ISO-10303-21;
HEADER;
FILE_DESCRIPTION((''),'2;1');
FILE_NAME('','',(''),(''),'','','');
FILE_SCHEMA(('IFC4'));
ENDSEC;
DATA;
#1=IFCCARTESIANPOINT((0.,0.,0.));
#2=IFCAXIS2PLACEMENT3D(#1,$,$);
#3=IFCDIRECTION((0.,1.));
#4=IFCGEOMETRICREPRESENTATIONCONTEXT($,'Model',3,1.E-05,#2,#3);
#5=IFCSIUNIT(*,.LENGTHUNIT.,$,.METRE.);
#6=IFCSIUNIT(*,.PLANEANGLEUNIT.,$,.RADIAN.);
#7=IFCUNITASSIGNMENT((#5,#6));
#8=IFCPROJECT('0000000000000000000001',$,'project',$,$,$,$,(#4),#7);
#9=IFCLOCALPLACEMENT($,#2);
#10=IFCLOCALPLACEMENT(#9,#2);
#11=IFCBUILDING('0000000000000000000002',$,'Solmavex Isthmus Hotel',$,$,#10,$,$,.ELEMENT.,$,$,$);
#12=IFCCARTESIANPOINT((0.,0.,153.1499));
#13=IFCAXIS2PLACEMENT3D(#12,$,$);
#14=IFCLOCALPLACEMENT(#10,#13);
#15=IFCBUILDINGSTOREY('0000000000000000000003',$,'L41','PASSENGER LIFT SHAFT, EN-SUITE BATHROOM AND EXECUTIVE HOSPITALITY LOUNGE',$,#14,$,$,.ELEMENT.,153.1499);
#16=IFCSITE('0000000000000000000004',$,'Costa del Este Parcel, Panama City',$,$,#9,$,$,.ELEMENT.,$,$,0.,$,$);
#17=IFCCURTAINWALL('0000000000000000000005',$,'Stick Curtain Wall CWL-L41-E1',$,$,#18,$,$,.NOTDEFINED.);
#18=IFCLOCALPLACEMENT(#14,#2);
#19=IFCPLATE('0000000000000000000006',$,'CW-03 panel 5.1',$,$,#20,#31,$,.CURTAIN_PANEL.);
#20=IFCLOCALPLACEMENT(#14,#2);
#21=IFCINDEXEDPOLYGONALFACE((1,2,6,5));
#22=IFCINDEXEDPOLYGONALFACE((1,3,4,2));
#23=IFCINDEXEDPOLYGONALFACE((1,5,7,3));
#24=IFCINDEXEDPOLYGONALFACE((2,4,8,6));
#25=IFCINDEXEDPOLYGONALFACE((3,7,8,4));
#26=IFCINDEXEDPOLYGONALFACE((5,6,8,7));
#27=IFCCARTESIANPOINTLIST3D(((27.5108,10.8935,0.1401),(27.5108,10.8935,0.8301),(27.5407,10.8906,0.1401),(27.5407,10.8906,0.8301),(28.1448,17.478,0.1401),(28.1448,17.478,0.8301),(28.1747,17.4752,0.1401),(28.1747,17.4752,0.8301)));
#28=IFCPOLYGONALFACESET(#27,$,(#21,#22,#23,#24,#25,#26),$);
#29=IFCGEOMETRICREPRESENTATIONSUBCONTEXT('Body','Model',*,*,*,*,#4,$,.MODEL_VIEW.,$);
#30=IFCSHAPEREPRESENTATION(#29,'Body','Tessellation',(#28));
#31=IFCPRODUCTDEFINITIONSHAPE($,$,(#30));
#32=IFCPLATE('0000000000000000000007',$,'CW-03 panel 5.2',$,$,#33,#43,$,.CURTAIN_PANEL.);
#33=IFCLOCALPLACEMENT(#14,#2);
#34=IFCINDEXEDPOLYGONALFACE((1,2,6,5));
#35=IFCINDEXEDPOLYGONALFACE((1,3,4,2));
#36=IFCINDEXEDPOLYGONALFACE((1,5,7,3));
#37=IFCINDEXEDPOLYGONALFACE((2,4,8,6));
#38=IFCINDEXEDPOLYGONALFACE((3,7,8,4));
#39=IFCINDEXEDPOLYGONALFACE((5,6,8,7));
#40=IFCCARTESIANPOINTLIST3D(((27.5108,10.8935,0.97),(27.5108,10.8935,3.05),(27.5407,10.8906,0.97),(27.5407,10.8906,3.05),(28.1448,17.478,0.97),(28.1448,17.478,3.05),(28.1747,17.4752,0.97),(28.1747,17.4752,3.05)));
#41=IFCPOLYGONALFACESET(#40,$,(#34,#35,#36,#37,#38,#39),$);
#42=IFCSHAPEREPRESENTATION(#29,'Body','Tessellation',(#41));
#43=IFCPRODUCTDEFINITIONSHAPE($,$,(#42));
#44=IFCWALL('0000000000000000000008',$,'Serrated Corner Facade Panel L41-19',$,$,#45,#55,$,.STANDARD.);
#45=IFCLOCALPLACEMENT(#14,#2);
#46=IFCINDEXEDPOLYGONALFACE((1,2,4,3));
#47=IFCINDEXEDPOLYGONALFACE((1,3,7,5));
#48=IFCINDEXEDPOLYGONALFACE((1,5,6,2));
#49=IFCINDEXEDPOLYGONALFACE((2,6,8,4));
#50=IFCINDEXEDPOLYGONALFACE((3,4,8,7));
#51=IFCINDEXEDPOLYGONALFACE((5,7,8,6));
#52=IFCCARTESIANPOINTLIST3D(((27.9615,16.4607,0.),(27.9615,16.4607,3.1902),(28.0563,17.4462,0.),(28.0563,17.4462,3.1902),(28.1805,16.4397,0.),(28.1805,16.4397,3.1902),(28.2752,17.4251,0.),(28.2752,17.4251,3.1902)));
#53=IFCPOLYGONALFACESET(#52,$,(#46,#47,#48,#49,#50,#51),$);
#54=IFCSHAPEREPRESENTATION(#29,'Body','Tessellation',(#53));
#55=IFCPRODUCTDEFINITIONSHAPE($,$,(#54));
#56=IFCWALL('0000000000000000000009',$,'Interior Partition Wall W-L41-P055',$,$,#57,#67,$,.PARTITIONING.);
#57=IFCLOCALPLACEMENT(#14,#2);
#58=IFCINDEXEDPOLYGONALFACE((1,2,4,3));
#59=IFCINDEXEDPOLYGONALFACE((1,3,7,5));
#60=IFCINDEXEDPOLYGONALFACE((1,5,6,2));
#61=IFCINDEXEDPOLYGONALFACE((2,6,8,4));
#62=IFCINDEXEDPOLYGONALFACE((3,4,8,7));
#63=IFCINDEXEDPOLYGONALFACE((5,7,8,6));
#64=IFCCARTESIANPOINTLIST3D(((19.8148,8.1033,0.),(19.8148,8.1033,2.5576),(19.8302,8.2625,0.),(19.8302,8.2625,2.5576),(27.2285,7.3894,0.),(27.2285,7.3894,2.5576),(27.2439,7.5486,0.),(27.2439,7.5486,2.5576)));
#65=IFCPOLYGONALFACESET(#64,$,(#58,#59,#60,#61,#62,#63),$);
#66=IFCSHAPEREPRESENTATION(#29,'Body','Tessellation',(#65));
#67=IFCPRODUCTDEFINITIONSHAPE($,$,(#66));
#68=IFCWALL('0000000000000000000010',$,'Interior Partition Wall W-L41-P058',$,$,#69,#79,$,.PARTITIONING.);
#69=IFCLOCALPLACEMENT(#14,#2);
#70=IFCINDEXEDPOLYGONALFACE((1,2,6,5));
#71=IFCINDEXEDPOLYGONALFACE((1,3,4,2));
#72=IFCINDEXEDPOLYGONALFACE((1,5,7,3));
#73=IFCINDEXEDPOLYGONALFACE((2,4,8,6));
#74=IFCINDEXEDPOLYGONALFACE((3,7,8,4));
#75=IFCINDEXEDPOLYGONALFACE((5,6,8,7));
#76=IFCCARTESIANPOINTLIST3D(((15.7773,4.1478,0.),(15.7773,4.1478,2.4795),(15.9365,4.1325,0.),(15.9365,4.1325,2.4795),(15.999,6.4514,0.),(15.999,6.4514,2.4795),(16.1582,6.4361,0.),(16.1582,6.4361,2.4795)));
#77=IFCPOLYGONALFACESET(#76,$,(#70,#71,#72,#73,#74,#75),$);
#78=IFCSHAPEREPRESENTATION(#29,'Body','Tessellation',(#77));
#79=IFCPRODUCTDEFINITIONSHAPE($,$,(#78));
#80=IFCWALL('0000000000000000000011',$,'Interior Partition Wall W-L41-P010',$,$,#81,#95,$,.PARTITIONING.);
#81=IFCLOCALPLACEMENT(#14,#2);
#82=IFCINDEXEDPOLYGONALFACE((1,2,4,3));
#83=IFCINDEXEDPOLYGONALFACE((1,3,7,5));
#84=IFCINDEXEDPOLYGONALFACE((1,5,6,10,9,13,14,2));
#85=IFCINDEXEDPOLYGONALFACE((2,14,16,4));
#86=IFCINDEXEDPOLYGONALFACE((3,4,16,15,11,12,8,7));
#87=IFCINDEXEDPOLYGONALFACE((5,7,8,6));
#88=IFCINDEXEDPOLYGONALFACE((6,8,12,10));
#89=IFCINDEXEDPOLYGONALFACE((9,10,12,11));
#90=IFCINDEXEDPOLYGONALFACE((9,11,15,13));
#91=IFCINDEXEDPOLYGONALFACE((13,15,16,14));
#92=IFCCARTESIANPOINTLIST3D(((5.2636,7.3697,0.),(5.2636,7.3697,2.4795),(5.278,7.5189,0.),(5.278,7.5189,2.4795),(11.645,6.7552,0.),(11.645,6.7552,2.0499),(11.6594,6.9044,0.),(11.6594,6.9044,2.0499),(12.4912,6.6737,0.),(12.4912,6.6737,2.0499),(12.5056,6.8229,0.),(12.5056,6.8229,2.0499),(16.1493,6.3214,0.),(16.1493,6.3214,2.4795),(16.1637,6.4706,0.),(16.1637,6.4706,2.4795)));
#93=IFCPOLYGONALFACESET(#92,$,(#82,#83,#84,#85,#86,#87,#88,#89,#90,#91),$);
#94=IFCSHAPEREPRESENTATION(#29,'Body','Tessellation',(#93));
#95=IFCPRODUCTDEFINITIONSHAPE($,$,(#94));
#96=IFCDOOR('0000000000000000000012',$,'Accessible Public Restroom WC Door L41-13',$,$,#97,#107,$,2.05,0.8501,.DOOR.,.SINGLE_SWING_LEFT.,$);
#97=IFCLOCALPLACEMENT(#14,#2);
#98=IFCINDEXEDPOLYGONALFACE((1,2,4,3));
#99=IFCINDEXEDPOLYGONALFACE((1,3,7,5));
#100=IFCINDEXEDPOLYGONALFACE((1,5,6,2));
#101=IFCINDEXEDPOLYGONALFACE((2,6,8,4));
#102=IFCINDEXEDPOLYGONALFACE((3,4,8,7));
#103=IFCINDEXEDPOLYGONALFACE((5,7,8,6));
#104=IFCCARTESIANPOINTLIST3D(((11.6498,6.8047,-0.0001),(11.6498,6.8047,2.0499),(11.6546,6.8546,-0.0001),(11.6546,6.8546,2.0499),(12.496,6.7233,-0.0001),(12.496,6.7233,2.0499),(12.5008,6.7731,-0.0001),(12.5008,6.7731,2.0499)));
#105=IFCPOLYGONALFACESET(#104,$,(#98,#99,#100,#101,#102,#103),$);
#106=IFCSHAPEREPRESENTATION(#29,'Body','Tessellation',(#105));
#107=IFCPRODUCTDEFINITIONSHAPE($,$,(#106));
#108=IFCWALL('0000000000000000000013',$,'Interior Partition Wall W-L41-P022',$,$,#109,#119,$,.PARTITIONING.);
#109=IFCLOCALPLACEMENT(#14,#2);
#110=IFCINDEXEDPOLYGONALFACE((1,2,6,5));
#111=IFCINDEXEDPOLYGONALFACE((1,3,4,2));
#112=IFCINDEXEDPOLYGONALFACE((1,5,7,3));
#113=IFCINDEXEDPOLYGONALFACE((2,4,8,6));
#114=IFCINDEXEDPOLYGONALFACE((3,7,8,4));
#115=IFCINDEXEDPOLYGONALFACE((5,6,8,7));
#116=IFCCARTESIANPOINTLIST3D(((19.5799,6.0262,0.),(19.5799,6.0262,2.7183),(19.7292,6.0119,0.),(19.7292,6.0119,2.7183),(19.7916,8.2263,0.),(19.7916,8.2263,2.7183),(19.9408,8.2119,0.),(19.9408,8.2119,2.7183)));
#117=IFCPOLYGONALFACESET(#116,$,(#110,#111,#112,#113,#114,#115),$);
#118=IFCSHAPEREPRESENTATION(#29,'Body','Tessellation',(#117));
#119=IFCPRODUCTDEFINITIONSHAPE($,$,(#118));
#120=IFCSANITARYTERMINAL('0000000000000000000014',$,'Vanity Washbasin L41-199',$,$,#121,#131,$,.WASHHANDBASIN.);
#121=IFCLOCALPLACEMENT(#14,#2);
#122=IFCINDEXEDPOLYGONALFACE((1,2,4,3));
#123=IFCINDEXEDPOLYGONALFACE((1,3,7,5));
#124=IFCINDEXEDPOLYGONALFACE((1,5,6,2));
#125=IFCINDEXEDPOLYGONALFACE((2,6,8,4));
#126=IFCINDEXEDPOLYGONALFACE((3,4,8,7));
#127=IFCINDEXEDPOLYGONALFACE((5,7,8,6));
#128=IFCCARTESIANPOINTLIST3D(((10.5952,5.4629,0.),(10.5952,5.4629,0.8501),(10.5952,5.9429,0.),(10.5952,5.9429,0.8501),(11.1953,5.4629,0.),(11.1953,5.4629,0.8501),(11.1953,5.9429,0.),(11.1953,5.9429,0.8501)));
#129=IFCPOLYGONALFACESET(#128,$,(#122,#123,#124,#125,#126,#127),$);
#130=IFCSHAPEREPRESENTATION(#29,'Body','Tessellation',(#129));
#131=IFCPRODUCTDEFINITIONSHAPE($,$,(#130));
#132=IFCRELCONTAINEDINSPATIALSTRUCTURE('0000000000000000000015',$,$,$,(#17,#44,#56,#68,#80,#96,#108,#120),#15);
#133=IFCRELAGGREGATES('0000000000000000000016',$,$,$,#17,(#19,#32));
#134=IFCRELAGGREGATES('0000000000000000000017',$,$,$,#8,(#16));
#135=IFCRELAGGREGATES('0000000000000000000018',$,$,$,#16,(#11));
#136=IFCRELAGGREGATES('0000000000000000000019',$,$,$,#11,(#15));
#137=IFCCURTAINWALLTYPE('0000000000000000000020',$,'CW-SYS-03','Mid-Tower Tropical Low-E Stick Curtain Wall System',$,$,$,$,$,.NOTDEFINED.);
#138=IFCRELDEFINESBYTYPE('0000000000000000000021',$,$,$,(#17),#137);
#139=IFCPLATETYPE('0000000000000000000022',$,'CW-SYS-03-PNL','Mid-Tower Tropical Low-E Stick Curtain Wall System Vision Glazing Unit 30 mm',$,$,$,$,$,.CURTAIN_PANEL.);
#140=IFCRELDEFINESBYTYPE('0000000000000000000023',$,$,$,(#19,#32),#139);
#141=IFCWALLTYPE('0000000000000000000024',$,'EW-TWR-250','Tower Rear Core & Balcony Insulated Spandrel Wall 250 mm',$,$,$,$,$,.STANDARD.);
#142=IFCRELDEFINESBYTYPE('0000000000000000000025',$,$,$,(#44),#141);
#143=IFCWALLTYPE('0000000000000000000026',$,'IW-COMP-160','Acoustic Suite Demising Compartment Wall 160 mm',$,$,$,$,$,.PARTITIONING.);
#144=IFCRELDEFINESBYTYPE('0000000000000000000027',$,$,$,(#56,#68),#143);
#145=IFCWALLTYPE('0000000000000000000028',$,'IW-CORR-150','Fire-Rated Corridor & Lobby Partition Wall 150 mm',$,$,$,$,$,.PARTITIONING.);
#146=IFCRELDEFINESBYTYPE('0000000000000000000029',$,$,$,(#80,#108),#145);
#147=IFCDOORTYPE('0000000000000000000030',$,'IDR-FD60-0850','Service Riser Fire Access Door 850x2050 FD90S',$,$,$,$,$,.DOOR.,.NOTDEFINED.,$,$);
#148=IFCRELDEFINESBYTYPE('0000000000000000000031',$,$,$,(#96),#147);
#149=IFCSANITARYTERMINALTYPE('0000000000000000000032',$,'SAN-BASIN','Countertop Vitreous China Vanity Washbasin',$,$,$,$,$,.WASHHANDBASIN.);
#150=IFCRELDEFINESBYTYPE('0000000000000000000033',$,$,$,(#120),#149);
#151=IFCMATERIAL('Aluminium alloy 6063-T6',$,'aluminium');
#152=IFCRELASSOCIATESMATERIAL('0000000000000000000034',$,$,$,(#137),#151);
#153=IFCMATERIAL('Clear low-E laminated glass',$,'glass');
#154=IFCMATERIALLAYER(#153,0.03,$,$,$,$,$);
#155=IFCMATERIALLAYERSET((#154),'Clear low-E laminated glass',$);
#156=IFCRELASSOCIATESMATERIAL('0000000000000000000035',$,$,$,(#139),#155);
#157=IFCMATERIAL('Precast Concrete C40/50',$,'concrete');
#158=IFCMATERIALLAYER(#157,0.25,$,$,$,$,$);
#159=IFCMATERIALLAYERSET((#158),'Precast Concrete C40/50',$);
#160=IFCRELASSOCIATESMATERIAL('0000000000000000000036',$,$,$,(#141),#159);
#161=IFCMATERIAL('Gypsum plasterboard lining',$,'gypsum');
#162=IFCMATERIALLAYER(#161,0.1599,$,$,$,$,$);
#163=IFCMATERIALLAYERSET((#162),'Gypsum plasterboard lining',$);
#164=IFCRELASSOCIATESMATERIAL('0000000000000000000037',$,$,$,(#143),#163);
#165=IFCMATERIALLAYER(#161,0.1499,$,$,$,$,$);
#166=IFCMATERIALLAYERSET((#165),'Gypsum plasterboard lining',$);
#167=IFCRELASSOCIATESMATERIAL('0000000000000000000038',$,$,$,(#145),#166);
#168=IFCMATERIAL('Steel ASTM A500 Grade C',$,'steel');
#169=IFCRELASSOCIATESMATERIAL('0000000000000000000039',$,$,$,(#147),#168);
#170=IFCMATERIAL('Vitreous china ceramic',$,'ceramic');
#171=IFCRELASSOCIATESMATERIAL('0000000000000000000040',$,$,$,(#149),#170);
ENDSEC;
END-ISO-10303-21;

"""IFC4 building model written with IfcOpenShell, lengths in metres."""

from ifc_helpers import new_model, si_unit, direction, frame, frame_2d, origin, origin_2d, place, context, subcontext, project, spatial, rectangle, extrude, material, layer, layer_set, type_object, element, fill, aggregate, save


model = new_model("IFC4")

# Units and contexts
model_context = context("Model", 3, precision=1e-05, world=origin(), true_north=direction((0.0, 1.0)))
body_context = subcontext(model_context, "Body", "Model", "MODEL_VIEW")
ifc_project = project(units=[si_unit("LENGTHUNIT", "METRE"), si_unit("PLANEANGLEUNIT", "RADIAN")], contexts=[model_context])

# Site, building, storey
site_placement = place(None, origin())
site = spatial("IfcSite", under=ifc_project, at=site_placement, Name="Costa del Este Parcel, Panama City", CompositionType="ELEMENT", RefElevation=0.0)
building_placement = place(site_placement, origin())
building = spatial("IfcBuilding", under=site, at=building_placement, Name="Solmavex Isthmus Hotel", CompositionType="ELEMENT")
storey_placement = place(building_placement, frame((0.0, 0.0, 153.1499)))
storey = spatial("IfcBuildingStorey", under=building, at=storey_placement, Name="L41", Description="PASSENGER LIFT SHAFT, EN-SUITE BATHROOM AND EXECUTIVE HOSPITALITY LOUNGE", CompositionType="ELEMENT", Elevation=153.1499)

# Curtain wall, plates
ifc_material_1 = material(Name="Aluminium alloy 6063-T6", Category="aluminium")
curtain_wall_type = type_object("IfcCurtainWallType", Name="CW-SYS-03", Description="Mid-Tower Tropical Low-E Stick Curtain Wall System", PredefinedType="NOTDEFINED", material=ifc_material_1)
curtain_wall_placement = place(storey_placement, origin())
curtain_wall = element("IfcCurtainWall", 1, at=curtain_wall_placement, inside=storey, type_object=curtain_wall_type, Name="Stick Curtain Wall CWL-L41-E1", PredefinedType="NOTDEFINED")
ifc_material_2 = material(Name="Clear low-E laminated glass", Category="glass")
ifc_layer_1 = layer(ifc_material_2, 0.03)
ifc_layer_set_1 = layer_set([ifc_layer_1], Name="Clear low-E laminated glass")
plate_type = type_object("IfcPlateType", Name="CW-SYS-03-PNL", Description="Mid-Tower Tropical Low-E Stick Curtain Wall System Vision Glazing Unit 30 mm", PredefinedType="CURTAIN_PANEL", material=ifc_layer_set_1)
plate_1_placement = place(storey_placement, frame((27.8428, 14.1843, 0.1401), z_axis=(0.0, 0.0, 1.0), x_axis=(0.095846, 0.995396, 0.0)))
plate_1 = element("IfcPlate", 2, at=plate_1_placement, type_object=plate_type, Name="CW-03 panel 5.1", PredefinedType="CURTAIN_PANEL", context=body_context, shape_type="SweptSolid", body=[
    extrude(rectangle(XDim=6.615, YDim=0.03, at=origin_2d()), origin(), (0.0, 0.0, 1.0), 0.6899),
])
plate_2_placement = place(storey_placement, frame((27.8428, 14.1843, 0.97), z_axis=(0.0, 0.0, 1.0), x_axis=(0.095846, 0.995396, 0.0)))
plate_2 = element("IfcPlate", 3, at=plate_2_placement, type_object=plate_type, Name="CW-03 panel 5.2", PredefinedType="CURTAIN_PANEL", context=body_context, shape_type="SweptSolid", body=[
    extrude(rectangle(XDim=6.615, YDim=0.03, at=origin_2d()), origin(), (0.0, 0.0, 1.0), 2.0801),
])
aggregate(curtain_wall, [plate_1, plate_2])

# Walls
ifc_material_3 = material(Name="Precast Concrete C40/50", Category="concrete")
ifc_layer_2 = layer(ifc_material_3, 0.25)
ifc_layer_set_2 = layer_set([ifc_layer_2], Name="Precast Concrete C40/50")
wall_type_1 = type_object("IfcWallType", Name="EW-TWR-250", Description="Tower Rear Core & Balcony Insulated Spandrel Wall 250 mm", PredefinedType="STANDARD", material=ifc_layer_set_2)
wall_1_placement = place(storey_placement, frame((28.1658, 17.4358, 0.0), z_axis=(0.0, 0.0, 1.0), x_axis=(-0.095694, -0.995411, 0.0)))
element("IfcWall", 4, at=wall_1_placement, inside=storey, type_object=wall_type_1, Name="Serrated Corner Facade Panel L41-19", PredefinedType="STANDARD", context=body_context, shape_type="SweptSolid", body=[
    extrude(rectangle(XDim=0.99, YDim=0.22, at=frame_2d((0.4951, 0.0))), origin(), (0.0, 0.0, 1.0), 3.1902),
])
ifc_material_4 = material(Name="Gypsum plasterboard lining", Category="gypsum")
ifc_layer_3 = layer(ifc_material_4, 0.1599)
ifc_layer_set_3 = layer_set([ifc_layer_3], Name="Gypsum plasterboard lining")
wall_type_2 = type_object("IfcWallType", Name="IW-COMP-160", Description="Acoustic Suite Demising Compartment Wall 160 mm", PredefinedType="PARTITIONING", material=ifc_layer_set_3)
wall_2_placement = place(storey_placement, frame((27.2363, 7.469, 0.0), z_axis=(0.0, 0.0, 1.0), x_axis=(-0.995396, 0.095845, 0.0)))
element("IfcWall", 5, at=wall_2_placement, inside=storey, type_object=wall_type_2, Name="Interior Partition Wall W-L41-P055", PredefinedType="PARTITIONING", context=body_context, shape_type="SweptSolid", body=[
    extrude(rectangle(XDim=7.448, YDim=0.1599, at=frame_2d((3.7241, 0.0))), origin(), (0.0, 0.0, 1.0), 2.5576),
])
wall_3_placement = place(storey_placement, frame((16.0786, 6.4438, 0.0), z_axis=(0.0, 0.0, 1.0), x_axis=(-0.095795, -0.995401, 0.0)))
element("IfcWall", 6, at=wall_3_placement, inside=storey, type_object=wall_type_2, Name="Interior Partition Wall W-L41-P058", PredefinedType="PARTITIONING", context=body_context, shape_type="SweptSolid", body=[
    extrude(rectangle(XDim=2.3142, YDim=0.1599, at=frame_2d((1.1572, 0.0))), origin(), (0.0, 0.0, 1.0), 2.4795),
])

# Wall, opening, door
ifc_layer_4 = layer(ifc_material_4, 0.1499)
ifc_layer_set_4 = layer_set([ifc_layer_4], Name="Gypsum plasterboard lining")
wall_type_3 = type_object("IfcWallType", Name="IW-CORR-150", Description="Fire-Rated Corridor & Lobby Partition Wall 150 mm", PredefinedType="PARTITIONING", material=ifc_layer_set_4)
wall_4_placement = place(storey_placement, frame((16.1565, 6.396, 0.0), z_axis=(0.0, 0.0, 1.0), x_axis=(-0.995395, 0.09586, 0.0)))
wall_4 = element("IfcWall", 7, at=wall_4_placement, inside=storey, type_object=wall_type_3, Name="Interior Partition Wall W-L41-P010", PredefinedType="PARTITIONING", context=body_context, shape_type="SweptSolid", body=[
    extrude(rectangle(XDim=10.936, YDim=0.1499, at=frame_2d((5.468, 0.0))), origin(), (0.0, 0.0, 1.0), 2.4795),
])
opening_1_placement = place(wall_4_placement, frame((3.675, 0.0, 0.0)))
opening_1 = element("IfcOpeningElement", 8, at=opening_1_placement, cuts=wall_4, PredefinedType="OPENING", context=body_context, shape_type="SweptSolid", body=[
    extrude(rectangle(XDim=0.8501, YDim=2.05, at=frame_2d((0.425, 1.0249))), frame((0.0, 0.085, 0.0), z_axis=(0.0, -1.0, 0.0), x_axis=(1.0, 0.0, 0.0)), (0.0, 0.0, 1.0), 0.1699),
])
ifc_material_5 = material(Name="Steel ASTM A500 Grade C", Category="steel")
door_type_1 = type_object("IfcDoorType", Name="IDR-FD60-0850", Description="Service Riser Fire Access Door 850x2050 FD90S", OperationType="NOTDEFINED", PredefinedType="DOOR", material=ifc_material_5)
door_1_placement = place(opening_1_placement, frame((0.8501, 0.0, 0.0), z_axis=(0.0, 0.0, 1.0), x_axis=(-1.0, 0.0, 0.0)))
door_1 = element("IfcDoor", 9, at=door_1_placement, inside=storey, type_object=door_type_1, Name="Accessible Public Restroom WC Door L41-13", OperationType="SINGLE_SWING_LEFT", OverallHeight=2.05, OverallWidth=0.8501, PredefinedType="DOOR", context=body_context, shape_type="SweptSolid", body=[
    extrude(rectangle(XDim=0.8501, YDim=2.05, at=frame_2d((0.425, 1.0249))), frame((0.0, 0.0249, 0.0), z_axis=(0.0, -1.0, 0.0), x_axis=(1.0, 0.0, 0.0)), (0.0, 0.0, 1.0), 0.05),
])
fill(opening_1, door_1)

# Wall
wall_5_placement = place(storey_placement, frame((19.8662, 8.219, 0.0), z_axis=(0.0, 0.0, 1.0), x_axis=(-0.095773, -0.995403, 0.0)))
element("IfcWall", 10, at=wall_5_placement, inside=storey, type_object=wall_type_3, Name="Interior Partition Wall W-L41-P022", PredefinedType="PARTITIONING", context=body_context, shape_type="SweptSolid", body=[
    extrude(rectangle(XDim=2.2102, YDim=0.1499, at=frame_2d((1.105, 0.0))), origin(), (0.0, 0.0, 1.0), 2.7183),
])

# Sanitary terminal
ifc_material_6 = material(Name="Vitreous china ceramic", Category="ceramic")
sanitary_terminal_type = type_object("IfcSanitaryTerminalType", Name="SAN-BASIN", Description="Countertop Vitreous China Vanity Washbasin", PredefinedType="WASHHANDBASIN", material=ifc_material_6)
sanitary_terminal_placement = place(storey_placement, frame((10.8953, 5.7029, 0.0), z_axis=(0.0, 0.0, 1.0), x_axis=(1.0, 0.0, 0.0)))
element("IfcSanitaryTerminal", 11, at=sanitary_terminal_placement, inside=storey, type_object=sanitary_terminal_type, Name="Vanity Washbasin L41-199", PredefinedType="WASHHANDBASIN", context=body_context, shape_type="SweptSolid", body=[
    extrude(rectangle(XDim=0.6001, YDim=0.48, at=origin_2d()), origin(), (0.0, 0.0, 1.0), 0.8501),
])

save(model, "model.ifc")
